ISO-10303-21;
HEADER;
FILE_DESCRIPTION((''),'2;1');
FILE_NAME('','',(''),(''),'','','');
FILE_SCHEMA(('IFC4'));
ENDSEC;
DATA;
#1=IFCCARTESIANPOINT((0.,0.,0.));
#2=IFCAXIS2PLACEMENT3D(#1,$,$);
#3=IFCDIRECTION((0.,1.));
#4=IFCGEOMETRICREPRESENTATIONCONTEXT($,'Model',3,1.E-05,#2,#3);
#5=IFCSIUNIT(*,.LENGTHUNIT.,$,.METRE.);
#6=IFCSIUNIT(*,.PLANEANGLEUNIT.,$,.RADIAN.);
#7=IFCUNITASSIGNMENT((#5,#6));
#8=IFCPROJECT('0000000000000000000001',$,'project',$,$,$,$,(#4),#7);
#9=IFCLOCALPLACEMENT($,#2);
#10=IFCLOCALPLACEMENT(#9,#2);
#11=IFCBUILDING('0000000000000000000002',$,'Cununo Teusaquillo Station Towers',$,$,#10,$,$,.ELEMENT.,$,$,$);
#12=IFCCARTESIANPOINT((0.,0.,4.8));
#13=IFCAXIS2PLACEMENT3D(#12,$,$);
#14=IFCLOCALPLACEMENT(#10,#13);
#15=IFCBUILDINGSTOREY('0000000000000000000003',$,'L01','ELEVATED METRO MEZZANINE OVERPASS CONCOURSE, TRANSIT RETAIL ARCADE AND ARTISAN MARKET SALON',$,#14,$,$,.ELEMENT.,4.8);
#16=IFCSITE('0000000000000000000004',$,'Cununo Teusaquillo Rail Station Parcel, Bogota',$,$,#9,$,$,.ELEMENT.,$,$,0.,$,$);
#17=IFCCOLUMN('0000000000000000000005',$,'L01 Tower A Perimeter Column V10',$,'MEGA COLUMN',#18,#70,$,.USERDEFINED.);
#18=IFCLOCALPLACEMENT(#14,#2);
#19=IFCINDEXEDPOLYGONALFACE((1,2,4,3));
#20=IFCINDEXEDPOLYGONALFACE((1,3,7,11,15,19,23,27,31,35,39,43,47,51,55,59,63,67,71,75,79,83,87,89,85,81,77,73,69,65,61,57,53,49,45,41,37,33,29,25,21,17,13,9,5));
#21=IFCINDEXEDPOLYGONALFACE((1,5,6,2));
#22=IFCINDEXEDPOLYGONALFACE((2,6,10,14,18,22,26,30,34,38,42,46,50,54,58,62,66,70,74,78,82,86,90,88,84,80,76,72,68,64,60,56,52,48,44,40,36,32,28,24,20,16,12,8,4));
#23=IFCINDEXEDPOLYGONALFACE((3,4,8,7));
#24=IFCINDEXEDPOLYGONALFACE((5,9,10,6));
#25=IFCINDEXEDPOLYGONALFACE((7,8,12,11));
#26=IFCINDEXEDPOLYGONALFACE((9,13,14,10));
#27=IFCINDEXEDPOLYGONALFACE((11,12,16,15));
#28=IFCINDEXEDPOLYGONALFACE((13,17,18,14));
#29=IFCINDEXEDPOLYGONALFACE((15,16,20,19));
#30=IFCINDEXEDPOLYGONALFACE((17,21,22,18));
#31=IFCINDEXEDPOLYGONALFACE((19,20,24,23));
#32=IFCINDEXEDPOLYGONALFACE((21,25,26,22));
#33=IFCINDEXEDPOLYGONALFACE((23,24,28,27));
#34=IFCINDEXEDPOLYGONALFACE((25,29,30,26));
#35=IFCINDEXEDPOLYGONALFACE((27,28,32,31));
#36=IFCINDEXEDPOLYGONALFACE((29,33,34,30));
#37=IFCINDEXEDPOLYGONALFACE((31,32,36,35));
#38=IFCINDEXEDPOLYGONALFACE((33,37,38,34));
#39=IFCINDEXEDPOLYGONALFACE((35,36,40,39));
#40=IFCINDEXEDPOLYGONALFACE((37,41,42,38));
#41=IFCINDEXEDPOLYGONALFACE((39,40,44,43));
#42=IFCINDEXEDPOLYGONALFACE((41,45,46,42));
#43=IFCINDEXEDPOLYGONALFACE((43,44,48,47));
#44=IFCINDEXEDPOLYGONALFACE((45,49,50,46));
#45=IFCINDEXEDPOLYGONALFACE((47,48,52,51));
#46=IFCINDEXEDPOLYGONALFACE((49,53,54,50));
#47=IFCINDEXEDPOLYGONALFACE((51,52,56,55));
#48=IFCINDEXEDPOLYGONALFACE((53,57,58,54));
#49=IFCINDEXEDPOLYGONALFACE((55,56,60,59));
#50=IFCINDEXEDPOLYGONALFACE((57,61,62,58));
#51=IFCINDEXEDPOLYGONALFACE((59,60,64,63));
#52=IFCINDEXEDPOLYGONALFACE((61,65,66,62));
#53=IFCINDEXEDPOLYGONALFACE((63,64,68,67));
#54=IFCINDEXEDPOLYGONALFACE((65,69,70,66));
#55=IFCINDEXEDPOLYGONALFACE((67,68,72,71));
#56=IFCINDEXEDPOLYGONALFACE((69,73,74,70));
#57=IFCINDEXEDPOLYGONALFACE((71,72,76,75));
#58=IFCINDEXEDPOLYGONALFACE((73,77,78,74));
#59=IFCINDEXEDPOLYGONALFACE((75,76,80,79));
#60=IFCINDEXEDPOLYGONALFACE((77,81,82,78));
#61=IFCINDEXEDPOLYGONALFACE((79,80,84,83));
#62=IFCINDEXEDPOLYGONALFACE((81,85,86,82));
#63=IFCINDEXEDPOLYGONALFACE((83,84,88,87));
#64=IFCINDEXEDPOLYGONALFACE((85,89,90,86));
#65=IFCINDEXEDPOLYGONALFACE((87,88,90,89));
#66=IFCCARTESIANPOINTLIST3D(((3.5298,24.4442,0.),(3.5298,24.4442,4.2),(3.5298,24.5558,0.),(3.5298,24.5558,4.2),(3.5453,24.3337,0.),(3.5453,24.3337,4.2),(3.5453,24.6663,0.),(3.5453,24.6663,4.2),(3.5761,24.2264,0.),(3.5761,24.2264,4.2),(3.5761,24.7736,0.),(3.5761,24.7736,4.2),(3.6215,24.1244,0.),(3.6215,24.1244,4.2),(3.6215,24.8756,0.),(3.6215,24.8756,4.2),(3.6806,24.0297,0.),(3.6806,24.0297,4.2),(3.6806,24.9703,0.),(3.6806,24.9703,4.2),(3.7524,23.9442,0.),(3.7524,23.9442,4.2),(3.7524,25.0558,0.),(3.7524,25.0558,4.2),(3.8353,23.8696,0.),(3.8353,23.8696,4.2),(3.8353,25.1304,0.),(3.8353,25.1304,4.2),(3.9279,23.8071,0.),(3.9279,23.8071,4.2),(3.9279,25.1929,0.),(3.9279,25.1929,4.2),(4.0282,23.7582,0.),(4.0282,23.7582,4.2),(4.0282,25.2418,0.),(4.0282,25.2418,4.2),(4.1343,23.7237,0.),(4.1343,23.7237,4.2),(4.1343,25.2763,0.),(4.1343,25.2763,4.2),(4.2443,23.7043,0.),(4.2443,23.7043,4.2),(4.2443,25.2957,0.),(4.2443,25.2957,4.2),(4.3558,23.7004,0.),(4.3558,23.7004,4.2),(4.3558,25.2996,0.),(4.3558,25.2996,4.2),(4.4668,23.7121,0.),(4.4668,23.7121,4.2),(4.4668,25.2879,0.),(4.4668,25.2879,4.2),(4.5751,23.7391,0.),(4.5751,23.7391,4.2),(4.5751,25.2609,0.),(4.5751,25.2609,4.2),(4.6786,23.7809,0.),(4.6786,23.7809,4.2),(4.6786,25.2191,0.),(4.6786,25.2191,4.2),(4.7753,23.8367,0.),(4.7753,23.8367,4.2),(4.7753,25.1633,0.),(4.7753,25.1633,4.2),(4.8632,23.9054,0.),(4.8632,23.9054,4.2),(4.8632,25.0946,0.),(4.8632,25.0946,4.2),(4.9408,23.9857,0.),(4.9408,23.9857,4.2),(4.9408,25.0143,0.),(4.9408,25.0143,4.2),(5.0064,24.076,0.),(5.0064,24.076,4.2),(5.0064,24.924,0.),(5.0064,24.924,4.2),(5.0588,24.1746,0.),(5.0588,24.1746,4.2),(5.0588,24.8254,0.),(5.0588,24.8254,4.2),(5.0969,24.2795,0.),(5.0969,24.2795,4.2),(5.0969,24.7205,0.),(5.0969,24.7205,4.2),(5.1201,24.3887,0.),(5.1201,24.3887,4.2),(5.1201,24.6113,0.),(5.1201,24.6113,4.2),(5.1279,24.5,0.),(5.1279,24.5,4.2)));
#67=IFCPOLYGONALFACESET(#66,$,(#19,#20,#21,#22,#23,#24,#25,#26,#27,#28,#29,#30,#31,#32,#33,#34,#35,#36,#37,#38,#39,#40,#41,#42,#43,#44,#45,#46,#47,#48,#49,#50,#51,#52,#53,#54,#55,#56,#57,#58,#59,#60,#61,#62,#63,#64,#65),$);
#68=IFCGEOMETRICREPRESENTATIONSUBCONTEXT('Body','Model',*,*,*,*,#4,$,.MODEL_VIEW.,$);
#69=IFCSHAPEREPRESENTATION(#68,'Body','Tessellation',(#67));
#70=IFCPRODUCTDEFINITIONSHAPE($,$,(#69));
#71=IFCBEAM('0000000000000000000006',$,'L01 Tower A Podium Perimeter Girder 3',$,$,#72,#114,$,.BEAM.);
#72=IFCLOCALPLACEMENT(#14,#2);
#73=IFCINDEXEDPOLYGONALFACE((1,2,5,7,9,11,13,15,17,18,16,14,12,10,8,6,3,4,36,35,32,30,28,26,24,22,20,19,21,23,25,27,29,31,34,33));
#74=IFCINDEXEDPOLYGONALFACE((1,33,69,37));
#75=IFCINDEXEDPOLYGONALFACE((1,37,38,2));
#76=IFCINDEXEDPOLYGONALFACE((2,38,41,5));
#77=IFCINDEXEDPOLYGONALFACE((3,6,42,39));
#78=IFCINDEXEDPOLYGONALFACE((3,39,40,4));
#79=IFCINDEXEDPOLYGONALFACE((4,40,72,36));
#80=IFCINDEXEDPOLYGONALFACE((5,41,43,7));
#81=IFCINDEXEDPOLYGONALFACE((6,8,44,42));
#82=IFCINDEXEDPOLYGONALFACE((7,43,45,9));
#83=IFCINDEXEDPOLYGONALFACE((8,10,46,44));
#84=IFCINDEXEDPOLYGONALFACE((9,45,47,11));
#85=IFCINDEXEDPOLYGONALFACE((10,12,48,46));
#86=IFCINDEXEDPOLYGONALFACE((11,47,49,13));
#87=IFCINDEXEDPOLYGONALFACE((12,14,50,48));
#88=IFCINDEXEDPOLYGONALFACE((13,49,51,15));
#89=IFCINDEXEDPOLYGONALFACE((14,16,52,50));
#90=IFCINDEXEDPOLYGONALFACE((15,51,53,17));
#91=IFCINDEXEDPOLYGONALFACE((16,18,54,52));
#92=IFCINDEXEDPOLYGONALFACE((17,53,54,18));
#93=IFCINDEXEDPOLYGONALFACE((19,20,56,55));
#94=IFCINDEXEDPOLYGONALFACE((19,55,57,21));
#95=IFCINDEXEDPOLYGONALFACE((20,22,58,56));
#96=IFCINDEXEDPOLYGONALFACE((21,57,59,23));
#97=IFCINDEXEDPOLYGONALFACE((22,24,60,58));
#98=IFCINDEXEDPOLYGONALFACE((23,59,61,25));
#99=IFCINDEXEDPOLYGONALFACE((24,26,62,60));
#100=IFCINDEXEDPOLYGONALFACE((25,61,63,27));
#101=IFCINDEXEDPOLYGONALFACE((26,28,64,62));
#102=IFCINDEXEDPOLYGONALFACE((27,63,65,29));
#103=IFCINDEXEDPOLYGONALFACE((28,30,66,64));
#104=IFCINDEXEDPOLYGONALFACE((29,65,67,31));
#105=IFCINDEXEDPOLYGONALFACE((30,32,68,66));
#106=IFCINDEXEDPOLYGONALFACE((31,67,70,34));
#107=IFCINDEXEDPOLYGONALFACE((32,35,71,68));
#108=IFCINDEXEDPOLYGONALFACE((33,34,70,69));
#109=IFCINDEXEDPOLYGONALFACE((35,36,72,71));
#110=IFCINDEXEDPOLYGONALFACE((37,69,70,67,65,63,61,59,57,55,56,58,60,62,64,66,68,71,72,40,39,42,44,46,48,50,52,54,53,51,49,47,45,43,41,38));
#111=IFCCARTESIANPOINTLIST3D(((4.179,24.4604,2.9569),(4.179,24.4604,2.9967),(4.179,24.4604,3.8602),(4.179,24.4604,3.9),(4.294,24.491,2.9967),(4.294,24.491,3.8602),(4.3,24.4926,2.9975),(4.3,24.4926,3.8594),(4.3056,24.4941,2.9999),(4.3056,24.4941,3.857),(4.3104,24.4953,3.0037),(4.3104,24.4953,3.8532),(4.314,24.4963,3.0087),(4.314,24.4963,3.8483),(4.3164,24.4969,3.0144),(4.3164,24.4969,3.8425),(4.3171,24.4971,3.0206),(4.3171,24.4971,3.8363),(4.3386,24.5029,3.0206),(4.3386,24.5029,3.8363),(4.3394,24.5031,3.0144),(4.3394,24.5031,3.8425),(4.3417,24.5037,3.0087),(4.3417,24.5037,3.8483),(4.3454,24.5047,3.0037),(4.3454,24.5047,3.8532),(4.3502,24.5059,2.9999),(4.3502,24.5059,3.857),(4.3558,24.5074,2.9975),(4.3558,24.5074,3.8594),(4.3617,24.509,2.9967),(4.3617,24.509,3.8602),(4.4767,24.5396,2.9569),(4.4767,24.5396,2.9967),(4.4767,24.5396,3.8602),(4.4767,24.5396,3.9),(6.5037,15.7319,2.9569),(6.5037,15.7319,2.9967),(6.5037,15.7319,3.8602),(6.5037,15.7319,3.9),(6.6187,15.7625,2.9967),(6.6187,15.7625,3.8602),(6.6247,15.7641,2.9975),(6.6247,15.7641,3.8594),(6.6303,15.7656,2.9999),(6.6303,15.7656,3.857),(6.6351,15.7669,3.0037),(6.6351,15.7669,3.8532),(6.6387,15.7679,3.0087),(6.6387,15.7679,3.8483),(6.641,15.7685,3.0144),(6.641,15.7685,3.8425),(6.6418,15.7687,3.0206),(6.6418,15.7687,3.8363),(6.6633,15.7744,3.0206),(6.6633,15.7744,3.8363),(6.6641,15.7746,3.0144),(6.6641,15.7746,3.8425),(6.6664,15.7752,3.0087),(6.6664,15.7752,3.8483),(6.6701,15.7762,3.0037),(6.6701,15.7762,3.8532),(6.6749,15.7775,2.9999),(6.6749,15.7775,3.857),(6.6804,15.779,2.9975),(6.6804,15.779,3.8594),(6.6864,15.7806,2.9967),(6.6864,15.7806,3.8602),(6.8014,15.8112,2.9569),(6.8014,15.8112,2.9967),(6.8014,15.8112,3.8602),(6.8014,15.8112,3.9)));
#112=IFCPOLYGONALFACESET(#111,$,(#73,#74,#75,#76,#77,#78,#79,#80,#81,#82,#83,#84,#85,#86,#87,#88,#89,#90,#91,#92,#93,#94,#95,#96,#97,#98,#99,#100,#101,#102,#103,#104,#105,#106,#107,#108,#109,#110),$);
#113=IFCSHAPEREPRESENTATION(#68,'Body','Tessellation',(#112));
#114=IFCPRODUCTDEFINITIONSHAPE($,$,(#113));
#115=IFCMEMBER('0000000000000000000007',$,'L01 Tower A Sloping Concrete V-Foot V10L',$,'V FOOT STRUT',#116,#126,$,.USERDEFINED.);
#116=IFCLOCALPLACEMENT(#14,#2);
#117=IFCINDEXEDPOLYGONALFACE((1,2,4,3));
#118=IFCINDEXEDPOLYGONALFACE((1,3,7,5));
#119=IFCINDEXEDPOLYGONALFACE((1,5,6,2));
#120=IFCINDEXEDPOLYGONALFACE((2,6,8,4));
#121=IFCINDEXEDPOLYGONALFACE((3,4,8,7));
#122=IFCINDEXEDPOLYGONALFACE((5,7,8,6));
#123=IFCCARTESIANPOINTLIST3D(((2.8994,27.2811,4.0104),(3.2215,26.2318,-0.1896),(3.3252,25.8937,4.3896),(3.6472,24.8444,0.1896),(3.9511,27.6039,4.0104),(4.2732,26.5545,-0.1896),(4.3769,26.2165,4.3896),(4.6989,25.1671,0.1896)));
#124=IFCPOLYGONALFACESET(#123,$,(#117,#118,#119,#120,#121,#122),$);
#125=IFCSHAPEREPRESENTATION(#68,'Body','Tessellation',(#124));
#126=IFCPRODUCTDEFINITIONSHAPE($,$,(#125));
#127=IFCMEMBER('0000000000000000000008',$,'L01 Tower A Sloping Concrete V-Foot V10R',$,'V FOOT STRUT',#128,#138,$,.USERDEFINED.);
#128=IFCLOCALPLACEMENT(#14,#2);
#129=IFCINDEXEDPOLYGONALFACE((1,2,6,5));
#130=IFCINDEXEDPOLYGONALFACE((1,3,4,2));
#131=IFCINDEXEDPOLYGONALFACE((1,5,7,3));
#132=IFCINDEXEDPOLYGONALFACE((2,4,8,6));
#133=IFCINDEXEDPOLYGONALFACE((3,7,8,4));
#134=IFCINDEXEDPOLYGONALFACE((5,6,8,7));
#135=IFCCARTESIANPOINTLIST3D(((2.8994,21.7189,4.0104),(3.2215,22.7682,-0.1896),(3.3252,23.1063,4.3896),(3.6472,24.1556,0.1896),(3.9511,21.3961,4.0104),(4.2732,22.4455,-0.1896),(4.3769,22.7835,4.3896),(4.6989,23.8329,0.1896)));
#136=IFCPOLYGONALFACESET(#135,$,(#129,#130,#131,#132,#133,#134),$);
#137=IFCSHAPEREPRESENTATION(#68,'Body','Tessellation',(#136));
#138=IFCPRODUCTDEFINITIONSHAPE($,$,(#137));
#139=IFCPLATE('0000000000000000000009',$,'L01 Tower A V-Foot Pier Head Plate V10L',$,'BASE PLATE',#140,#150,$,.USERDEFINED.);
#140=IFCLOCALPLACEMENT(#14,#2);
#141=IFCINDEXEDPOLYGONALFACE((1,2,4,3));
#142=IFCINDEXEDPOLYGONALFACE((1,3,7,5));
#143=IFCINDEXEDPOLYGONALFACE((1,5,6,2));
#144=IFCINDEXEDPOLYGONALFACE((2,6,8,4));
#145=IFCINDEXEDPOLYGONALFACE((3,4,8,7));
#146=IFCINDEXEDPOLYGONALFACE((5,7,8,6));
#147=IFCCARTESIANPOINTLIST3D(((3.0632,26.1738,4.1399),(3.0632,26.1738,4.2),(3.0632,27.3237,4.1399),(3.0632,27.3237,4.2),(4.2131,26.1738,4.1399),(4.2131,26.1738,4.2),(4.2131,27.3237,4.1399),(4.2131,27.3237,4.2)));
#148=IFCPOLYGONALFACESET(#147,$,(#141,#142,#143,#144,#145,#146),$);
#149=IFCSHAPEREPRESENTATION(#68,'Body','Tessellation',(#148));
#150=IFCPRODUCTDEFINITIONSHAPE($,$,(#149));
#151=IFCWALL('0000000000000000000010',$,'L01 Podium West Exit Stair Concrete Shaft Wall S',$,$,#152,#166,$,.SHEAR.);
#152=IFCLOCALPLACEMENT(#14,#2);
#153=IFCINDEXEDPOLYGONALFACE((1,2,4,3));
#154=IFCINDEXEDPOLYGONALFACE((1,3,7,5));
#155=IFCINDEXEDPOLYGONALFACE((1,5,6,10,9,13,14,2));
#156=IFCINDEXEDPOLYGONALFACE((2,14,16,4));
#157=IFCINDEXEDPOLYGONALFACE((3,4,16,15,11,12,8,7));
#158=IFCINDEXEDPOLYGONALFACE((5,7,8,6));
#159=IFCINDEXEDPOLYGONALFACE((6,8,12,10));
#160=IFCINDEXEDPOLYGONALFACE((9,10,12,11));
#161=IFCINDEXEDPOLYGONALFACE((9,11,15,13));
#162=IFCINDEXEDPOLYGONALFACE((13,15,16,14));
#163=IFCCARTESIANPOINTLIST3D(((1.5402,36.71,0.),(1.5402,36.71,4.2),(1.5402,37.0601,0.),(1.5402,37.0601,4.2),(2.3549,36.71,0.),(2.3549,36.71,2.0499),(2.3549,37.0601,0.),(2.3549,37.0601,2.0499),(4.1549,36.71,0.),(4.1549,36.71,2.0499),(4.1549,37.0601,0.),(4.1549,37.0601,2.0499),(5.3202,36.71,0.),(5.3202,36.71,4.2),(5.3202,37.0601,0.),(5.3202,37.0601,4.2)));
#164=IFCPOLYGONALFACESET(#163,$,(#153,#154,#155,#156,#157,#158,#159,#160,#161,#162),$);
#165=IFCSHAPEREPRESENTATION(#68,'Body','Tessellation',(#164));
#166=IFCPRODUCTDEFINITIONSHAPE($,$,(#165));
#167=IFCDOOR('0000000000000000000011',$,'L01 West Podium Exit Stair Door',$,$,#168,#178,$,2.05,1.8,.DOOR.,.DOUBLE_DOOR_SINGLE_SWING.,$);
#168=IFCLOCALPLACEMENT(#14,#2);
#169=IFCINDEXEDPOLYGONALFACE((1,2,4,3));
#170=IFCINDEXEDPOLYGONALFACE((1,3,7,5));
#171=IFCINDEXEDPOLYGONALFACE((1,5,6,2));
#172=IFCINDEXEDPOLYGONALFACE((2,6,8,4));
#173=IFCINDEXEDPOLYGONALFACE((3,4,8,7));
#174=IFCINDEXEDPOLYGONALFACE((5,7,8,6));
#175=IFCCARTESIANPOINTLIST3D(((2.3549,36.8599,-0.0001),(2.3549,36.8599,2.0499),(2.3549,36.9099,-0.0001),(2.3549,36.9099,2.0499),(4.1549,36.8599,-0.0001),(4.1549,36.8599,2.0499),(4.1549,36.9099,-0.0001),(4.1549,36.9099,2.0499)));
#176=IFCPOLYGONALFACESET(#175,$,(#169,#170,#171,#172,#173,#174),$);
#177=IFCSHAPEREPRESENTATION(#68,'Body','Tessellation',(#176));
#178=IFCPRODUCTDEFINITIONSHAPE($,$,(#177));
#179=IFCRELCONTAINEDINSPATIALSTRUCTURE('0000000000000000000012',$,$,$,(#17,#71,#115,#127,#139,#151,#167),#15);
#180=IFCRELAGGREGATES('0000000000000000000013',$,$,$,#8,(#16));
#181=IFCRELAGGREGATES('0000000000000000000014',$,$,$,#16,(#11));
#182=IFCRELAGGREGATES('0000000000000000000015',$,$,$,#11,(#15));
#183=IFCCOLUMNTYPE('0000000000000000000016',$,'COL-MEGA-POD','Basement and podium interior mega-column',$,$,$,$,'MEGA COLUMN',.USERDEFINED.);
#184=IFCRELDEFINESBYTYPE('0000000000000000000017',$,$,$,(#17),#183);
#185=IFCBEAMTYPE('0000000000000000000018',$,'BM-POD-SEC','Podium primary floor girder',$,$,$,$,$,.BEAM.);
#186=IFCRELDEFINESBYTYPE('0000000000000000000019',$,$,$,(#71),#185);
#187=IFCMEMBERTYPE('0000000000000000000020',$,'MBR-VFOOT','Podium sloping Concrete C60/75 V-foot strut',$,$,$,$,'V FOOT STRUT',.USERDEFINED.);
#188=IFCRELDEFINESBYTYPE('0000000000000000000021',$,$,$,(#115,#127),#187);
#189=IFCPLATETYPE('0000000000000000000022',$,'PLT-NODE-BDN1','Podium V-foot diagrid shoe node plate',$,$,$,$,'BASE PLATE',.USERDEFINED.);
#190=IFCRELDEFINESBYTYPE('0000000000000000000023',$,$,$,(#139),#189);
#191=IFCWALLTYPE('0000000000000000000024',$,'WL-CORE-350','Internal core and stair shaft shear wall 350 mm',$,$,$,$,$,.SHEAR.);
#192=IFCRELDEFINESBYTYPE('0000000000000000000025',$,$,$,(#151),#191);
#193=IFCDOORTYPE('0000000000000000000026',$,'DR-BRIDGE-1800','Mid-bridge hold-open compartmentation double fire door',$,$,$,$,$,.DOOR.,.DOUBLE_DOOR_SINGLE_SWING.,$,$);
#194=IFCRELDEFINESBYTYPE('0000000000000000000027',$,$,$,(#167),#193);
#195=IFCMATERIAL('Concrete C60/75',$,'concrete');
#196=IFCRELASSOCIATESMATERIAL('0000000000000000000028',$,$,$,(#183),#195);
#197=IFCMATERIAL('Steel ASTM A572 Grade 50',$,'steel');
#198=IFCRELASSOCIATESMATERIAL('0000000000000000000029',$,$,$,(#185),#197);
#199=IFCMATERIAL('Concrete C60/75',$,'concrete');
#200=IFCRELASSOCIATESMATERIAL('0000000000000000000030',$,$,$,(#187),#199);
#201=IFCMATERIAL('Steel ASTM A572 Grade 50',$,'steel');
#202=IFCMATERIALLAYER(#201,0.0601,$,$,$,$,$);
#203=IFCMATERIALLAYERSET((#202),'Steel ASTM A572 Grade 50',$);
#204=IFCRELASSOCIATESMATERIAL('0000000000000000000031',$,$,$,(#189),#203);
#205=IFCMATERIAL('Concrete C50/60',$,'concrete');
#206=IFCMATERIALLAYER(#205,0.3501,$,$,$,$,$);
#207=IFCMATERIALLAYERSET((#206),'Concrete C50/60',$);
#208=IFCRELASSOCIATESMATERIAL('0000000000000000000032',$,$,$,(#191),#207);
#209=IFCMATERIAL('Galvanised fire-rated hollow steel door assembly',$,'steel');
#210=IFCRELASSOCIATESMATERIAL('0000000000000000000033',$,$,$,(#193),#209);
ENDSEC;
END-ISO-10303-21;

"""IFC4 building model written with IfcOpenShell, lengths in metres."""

from ifc_helpers import new_model, si_unit, direction, frame, frame_2d, origin, origin_2d, place, context, subcontext, project, spatial, rectangle, circle, i_section, extrude, source, transform, mapped, material, layer, layer_set, material_profile, profile_set, type_object, element, fill, save


model = new_model("IFC4")

# Units and contexts
model_context = context("Model", 3, precision=1e-05, world=origin(), true_north=direction((0.0, 1.0)))
body_context = subcontext(model_context, "Body", "Model", "MODEL_VIEW")
ifc_project = project(units=[si_unit("LENGTHUNIT", "METRE"), si_unit("PLANEANGLEUNIT", "RADIAN")], contexts=[model_context])

# Site, building, storey
site_placement = place(None, origin())
site = spatial("IfcSite", under=ifc_project, at=site_placement, Name="Cununo Teusaquillo Rail Station Parcel, Bogota", CompositionType="ELEMENT", RefElevation=0.0)
building_placement = place(site_placement, origin())
building = spatial("IfcBuilding", under=site, at=building_placement, Name="Cununo Teusaquillo Station Towers", CompositionType="ELEMENT")
storey_placement = place(building_placement, frame((0.0, 0.0, 4.8)))
storey = spatial("IfcBuildingStorey", under=building, at=storey_placement, Name="L01", Description="ELEVATED METRO MEZZANINE OVERPASS CONCOURSE, TRANSIT RETAIL ARCADE AND ARTISAN MARKET SALON", CompositionType="ELEMENT", Elevation=4.8)

# Column
ifc_material_1 = material(Name="Concrete C60/75", Category="concrete")
ifc_material_profile_1 = material_profile(ifc_material_1, circle(Radius=0.8, at=origin_2d()), Name="RC-CIRC-1600")
ifc_profile_set_1 = profile_set([ifc_material_profile_1], Name="Concrete C60/75")
column_type = type_object("IfcColumnType", Name="COL-MEGA-POD", Description="Basement and podium interior mega-column", ElementType="MEGA COLUMN", PredefinedType="USERDEFINED", material=ifc_profile_set_1)
column_placement = place(storey_placement, frame((4.3279, 24.5, 0.0), z_axis=(0.0, 0.0, 1.0), x_axis=(1.0, 0.0, 0.0)))
element("IfcColumn", 1, at=column_placement, inside=storey, type_object=column_type, Name="L01 Tower A Perimeter Column V10", ObjectType="MEGA COLUMN", PredefinedType="USERDEFINED", context=body_context, shape_type="SweptSolid", body=[
    extrude(circle(Radius=0.8, at=origin_2d()), origin(), (0.0, 0.0, 1.0), 4.2),
])

# Beam
ifc_material_2 = material(Name="Steel ASTM A572 Grade 50", Category="steel")
ifc_material_profile_2 = material_profile(ifc_material_2, i_section(OverallWidth=0.3081, OverallDepth=0.9431, WebThickness=0.0222, FlangeThickness=0.0398, FilletRadius=0.0239, at=origin_2d()), Name="W36X232")
ifc_profile_set_2 = profile_set([ifc_material_profile_2], Name="Steel ASTM A572 Grade 50")
beam_type = type_object("IfcBeamType", Name="BM-POD-SEC", Description="Podium primary floor girder", PredefinedType="BEAM", material=ifc_profile_set_2)
beam_placement = place(storey_placement, frame((4.3279, 24.5, 3.4285), z_axis=(0.257363, -0.966315, 0.0), x_axis=(0.966315, 0.257363, 0.0)))
element("IfcBeam", 2, at=beam_placement, inside=storey, type_object=beam_type, Name="L01 Tower A Podium Perimeter Girder 3", PredefinedType="BEAM", context=body_context, shape_type="SweptSolid", body=[
    extrude(i_section(OverallWidth=0.3081, OverallDepth=0.9431, WebThickness=0.0222, FlangeThickness=0.0398, FilletRadius=0.0239, at=origin_2d()), origin(), (0.0, 0.0, 1.0), 9.0327),
])

# Members
ifc_material_3 = material(Name="Concrete C60/75", Category="concrete")
ifc_material_profile_3 = material_profile(ifc_material_3, rectangle(XDim=1.1001, YDim=1.5, at=origin_2d()), Name="RC-RECT-1500x1100")
ifc_profile_set_3 = profile_set([ifc_material_profile_3], Name="Concrete C60/75")
member_type = type_object("IfcMemberType", Name="MBR-VFOOT", Description="Podium sloping Concrete C60/75 V-foot strut", ElementType="V FOOT STRUT", PredefinedType="USERDEFINED", material=ifc_profile_set_3)
for number, where, z_axis, x_axis, name in (
    (3, (3.9602, 25.6995, 0.0), (-0.074181, 0.241722, 0.967506), (-0.955995, -0.293382, 0.0), "L01 Tower A Sloping Concrete V-Foot V10L"),
    (4, (3.9602, 23.3005, 0.0), (-0.074181, -0.241722, 0.967506), (0.955995, -0.293382, 0.0), "L01 Tower A Sloping Concrete V-Foot V10R"),
):
    element("IfcMember", number, at=place(storey_placement, frame(where, z_axis=z_axis, x_axis=x_axis)), inside=storey, type_object=member_type, Name=name, ObjectType="V FOOT STRUT", PredefinedType="USERDEFINED", context=body_context, shape_type="SweptSolid", body=[
        extrude(rectangle(XDim=1.1001, YDim=1.5, at=origin_2d()), origin(), (0.0, 0.0, 1.0), 4.3411),
    ])

# Plate
ifc_material_4 = material(Name="Steel ASTM A572 Grade 50", Category="steel")
ifc_layer_1 = layer(ifc_material_4, 0.0601)
ifc_layer_set_1 = layer_set([ifc_layer_1], Name="Steel ASTM A572 Grade 50")
plate_type = type_object("IfcPlateType", Name="PLT-NODE-BDN1", Description="Podium V-foot diagrid shoe node plate", ElementType="BASE PLATE", PredefinedType="USERDEFINED", material=ifc_layer_set_1)
shared_shape_1 = source(origin(), body_context, "Body", "SweptSolid", [
    extrude(rectangle(XDim=1.1499, YDim=1.1499, at=origin_2d()), origin(), (0.0, 0.0, 1.0), 0.0601),
])
plate_placement = place(storey_placement, frame((3.6382, 26.7488, 4.1399), z_axis=(0.0, 0.0, 1.0), x_axis=(1.0, 0.0, 0.0)))
element("IfcPlate", 5, at=plate_placement, inside=storey, type_object=plate_type, Name="L01 Tower A V-Foot Pier Head Plate V10L", ObjectType="BASE PLATE", PredefinedType="USERDEFINED", context=body_context, shape_type="MappedRepresentation", body=[
    mapped(shared_shape_1, transform((0.0, 0.0, 0.0), x_axis=(1.0, 0.0, 0.0), y_axis=(0.0, 1.0, 0.0), z_axis=(0.0, 0.0, 1.0), scale=1.0)),
])

# Wall, opening, door
ifc_material_5 = material(Name="Concrete C50/60", Category="concrete")
ifc_layer_2 = layer(ifc_material_5, 0.3501)
ifc_layer_set_2 = layer_set([ifc_layer_2], Name="Concrete C50/60")
wall_type_1 = type_object("IfcWallType", Name="WL-CORE-350", Description="Internal core and stair shaft shear wall 350 mm", PredefinedType="SHEAR", material=ifc_layer_set_2)
wall_1_placement = place(storey_placement, frame((1.54, 36.885, 0.0), z_axis=(0.0, 0.0, 1.0), x_axis=(1.0, 0.0, 0.0)))
wall_1 = element("IfcWall", 6, at=wall_1_placement, inside=storey, type_object=wall_type_1, Name="L01 Podium West Exit Stair Concrete Shaft Wall S", PredefinedType="SHEAR", context=body_context, shape_type="SweptSolid", body=[
    extrude(rectangle(XDim=3.78, YDim=0.3501, at=frame_2d((1.8901, 0.0))), origin(), (0.0, 0.0, 1.0), 4.2),
])
shared_shape_2 = source(origin(), body_context, "Body", "SweptSolid", [
    extrude(rectangle(XDim=1.8, YDim=2.05, at=frame_2d((0.8999, 1.0249))), frame((0.0, 0.1851, 0.0), z_axis=(0.0, -1.0, 0.0), x_axis=(1.0, 0.0, 0.0)), (0.0, 0.0, 1.0), 0.3701),
])
opening_1_placement = place(wall_1_placement, frame((0.8149, 0.0, 0.0)))
opening_1 = element("IfcOpeningElement", 7, at=opening_1_placement, cuts=wall_1, PredefinedType="OPENING", context=body_context, shape_type="MappedRepresentation", body=[
    mapped(shared_shape_2, transform((0.0, 0.0, 0.0), x_axis=(1.0, 0.0, 0.0), y_axis=(0.0, 1.0, 0.0), z_axis=(0.0, 0.0, 1.0), scale=1.0)),
])
ifc_material_6 = material(Name="Galvanised fire-rated hollow steel door assembly", Category="steel")
door_type_1 = type_object("IfcDoorType", Name="DR-BRIDGE-1800", Description="Mid-bridge hold-open compartmentation double fire door", OperationType="DOUBLE_DOOR_SINGLE_SWING", PredefinedType="DOOR", material=ifc_material_6)
shared_shape_3 = source(origin(), body_context, "Body", "SweptSolid", [
    extrude(rectangle(XDim=1.8, YDim=2.05, at=frame_2d((0.8999, 1.0249))), frame((0.0, 0.0249, 0.0), z_axis=(0.0, -1.0, 0.0), x_axis=(1.0, 0.0, 0.0)), (0.0, 0.0, 1.0), 0.05),
])
door_1_placement = place(opening_1_placement, origin())
door_1 = element("IfcDoor", 8, at=door_1_placement, inside=storey, type_object=door_type_1, Name="L01 West Podium Exit Stair Door", OperationType="DOUBLE_DOOR_SINGLE_SWING", OverallHeight=2.05, OverallWidth=1.8, PredefinedType="DOOR", context=body_context, shape_type="MappedRepresentation", body=[
    mapped(shared_shape_3, transform((0.0, 0.0, 0.0), x_axis=(1.0, 0.0, 0.0), y_axis=(0.0, 1.0, 0.0), z_axis=(0.0, 0.0, 1.0), scale=1.0)),
])
fill(opening_1, door_1)

save(model, "model.ifc")
